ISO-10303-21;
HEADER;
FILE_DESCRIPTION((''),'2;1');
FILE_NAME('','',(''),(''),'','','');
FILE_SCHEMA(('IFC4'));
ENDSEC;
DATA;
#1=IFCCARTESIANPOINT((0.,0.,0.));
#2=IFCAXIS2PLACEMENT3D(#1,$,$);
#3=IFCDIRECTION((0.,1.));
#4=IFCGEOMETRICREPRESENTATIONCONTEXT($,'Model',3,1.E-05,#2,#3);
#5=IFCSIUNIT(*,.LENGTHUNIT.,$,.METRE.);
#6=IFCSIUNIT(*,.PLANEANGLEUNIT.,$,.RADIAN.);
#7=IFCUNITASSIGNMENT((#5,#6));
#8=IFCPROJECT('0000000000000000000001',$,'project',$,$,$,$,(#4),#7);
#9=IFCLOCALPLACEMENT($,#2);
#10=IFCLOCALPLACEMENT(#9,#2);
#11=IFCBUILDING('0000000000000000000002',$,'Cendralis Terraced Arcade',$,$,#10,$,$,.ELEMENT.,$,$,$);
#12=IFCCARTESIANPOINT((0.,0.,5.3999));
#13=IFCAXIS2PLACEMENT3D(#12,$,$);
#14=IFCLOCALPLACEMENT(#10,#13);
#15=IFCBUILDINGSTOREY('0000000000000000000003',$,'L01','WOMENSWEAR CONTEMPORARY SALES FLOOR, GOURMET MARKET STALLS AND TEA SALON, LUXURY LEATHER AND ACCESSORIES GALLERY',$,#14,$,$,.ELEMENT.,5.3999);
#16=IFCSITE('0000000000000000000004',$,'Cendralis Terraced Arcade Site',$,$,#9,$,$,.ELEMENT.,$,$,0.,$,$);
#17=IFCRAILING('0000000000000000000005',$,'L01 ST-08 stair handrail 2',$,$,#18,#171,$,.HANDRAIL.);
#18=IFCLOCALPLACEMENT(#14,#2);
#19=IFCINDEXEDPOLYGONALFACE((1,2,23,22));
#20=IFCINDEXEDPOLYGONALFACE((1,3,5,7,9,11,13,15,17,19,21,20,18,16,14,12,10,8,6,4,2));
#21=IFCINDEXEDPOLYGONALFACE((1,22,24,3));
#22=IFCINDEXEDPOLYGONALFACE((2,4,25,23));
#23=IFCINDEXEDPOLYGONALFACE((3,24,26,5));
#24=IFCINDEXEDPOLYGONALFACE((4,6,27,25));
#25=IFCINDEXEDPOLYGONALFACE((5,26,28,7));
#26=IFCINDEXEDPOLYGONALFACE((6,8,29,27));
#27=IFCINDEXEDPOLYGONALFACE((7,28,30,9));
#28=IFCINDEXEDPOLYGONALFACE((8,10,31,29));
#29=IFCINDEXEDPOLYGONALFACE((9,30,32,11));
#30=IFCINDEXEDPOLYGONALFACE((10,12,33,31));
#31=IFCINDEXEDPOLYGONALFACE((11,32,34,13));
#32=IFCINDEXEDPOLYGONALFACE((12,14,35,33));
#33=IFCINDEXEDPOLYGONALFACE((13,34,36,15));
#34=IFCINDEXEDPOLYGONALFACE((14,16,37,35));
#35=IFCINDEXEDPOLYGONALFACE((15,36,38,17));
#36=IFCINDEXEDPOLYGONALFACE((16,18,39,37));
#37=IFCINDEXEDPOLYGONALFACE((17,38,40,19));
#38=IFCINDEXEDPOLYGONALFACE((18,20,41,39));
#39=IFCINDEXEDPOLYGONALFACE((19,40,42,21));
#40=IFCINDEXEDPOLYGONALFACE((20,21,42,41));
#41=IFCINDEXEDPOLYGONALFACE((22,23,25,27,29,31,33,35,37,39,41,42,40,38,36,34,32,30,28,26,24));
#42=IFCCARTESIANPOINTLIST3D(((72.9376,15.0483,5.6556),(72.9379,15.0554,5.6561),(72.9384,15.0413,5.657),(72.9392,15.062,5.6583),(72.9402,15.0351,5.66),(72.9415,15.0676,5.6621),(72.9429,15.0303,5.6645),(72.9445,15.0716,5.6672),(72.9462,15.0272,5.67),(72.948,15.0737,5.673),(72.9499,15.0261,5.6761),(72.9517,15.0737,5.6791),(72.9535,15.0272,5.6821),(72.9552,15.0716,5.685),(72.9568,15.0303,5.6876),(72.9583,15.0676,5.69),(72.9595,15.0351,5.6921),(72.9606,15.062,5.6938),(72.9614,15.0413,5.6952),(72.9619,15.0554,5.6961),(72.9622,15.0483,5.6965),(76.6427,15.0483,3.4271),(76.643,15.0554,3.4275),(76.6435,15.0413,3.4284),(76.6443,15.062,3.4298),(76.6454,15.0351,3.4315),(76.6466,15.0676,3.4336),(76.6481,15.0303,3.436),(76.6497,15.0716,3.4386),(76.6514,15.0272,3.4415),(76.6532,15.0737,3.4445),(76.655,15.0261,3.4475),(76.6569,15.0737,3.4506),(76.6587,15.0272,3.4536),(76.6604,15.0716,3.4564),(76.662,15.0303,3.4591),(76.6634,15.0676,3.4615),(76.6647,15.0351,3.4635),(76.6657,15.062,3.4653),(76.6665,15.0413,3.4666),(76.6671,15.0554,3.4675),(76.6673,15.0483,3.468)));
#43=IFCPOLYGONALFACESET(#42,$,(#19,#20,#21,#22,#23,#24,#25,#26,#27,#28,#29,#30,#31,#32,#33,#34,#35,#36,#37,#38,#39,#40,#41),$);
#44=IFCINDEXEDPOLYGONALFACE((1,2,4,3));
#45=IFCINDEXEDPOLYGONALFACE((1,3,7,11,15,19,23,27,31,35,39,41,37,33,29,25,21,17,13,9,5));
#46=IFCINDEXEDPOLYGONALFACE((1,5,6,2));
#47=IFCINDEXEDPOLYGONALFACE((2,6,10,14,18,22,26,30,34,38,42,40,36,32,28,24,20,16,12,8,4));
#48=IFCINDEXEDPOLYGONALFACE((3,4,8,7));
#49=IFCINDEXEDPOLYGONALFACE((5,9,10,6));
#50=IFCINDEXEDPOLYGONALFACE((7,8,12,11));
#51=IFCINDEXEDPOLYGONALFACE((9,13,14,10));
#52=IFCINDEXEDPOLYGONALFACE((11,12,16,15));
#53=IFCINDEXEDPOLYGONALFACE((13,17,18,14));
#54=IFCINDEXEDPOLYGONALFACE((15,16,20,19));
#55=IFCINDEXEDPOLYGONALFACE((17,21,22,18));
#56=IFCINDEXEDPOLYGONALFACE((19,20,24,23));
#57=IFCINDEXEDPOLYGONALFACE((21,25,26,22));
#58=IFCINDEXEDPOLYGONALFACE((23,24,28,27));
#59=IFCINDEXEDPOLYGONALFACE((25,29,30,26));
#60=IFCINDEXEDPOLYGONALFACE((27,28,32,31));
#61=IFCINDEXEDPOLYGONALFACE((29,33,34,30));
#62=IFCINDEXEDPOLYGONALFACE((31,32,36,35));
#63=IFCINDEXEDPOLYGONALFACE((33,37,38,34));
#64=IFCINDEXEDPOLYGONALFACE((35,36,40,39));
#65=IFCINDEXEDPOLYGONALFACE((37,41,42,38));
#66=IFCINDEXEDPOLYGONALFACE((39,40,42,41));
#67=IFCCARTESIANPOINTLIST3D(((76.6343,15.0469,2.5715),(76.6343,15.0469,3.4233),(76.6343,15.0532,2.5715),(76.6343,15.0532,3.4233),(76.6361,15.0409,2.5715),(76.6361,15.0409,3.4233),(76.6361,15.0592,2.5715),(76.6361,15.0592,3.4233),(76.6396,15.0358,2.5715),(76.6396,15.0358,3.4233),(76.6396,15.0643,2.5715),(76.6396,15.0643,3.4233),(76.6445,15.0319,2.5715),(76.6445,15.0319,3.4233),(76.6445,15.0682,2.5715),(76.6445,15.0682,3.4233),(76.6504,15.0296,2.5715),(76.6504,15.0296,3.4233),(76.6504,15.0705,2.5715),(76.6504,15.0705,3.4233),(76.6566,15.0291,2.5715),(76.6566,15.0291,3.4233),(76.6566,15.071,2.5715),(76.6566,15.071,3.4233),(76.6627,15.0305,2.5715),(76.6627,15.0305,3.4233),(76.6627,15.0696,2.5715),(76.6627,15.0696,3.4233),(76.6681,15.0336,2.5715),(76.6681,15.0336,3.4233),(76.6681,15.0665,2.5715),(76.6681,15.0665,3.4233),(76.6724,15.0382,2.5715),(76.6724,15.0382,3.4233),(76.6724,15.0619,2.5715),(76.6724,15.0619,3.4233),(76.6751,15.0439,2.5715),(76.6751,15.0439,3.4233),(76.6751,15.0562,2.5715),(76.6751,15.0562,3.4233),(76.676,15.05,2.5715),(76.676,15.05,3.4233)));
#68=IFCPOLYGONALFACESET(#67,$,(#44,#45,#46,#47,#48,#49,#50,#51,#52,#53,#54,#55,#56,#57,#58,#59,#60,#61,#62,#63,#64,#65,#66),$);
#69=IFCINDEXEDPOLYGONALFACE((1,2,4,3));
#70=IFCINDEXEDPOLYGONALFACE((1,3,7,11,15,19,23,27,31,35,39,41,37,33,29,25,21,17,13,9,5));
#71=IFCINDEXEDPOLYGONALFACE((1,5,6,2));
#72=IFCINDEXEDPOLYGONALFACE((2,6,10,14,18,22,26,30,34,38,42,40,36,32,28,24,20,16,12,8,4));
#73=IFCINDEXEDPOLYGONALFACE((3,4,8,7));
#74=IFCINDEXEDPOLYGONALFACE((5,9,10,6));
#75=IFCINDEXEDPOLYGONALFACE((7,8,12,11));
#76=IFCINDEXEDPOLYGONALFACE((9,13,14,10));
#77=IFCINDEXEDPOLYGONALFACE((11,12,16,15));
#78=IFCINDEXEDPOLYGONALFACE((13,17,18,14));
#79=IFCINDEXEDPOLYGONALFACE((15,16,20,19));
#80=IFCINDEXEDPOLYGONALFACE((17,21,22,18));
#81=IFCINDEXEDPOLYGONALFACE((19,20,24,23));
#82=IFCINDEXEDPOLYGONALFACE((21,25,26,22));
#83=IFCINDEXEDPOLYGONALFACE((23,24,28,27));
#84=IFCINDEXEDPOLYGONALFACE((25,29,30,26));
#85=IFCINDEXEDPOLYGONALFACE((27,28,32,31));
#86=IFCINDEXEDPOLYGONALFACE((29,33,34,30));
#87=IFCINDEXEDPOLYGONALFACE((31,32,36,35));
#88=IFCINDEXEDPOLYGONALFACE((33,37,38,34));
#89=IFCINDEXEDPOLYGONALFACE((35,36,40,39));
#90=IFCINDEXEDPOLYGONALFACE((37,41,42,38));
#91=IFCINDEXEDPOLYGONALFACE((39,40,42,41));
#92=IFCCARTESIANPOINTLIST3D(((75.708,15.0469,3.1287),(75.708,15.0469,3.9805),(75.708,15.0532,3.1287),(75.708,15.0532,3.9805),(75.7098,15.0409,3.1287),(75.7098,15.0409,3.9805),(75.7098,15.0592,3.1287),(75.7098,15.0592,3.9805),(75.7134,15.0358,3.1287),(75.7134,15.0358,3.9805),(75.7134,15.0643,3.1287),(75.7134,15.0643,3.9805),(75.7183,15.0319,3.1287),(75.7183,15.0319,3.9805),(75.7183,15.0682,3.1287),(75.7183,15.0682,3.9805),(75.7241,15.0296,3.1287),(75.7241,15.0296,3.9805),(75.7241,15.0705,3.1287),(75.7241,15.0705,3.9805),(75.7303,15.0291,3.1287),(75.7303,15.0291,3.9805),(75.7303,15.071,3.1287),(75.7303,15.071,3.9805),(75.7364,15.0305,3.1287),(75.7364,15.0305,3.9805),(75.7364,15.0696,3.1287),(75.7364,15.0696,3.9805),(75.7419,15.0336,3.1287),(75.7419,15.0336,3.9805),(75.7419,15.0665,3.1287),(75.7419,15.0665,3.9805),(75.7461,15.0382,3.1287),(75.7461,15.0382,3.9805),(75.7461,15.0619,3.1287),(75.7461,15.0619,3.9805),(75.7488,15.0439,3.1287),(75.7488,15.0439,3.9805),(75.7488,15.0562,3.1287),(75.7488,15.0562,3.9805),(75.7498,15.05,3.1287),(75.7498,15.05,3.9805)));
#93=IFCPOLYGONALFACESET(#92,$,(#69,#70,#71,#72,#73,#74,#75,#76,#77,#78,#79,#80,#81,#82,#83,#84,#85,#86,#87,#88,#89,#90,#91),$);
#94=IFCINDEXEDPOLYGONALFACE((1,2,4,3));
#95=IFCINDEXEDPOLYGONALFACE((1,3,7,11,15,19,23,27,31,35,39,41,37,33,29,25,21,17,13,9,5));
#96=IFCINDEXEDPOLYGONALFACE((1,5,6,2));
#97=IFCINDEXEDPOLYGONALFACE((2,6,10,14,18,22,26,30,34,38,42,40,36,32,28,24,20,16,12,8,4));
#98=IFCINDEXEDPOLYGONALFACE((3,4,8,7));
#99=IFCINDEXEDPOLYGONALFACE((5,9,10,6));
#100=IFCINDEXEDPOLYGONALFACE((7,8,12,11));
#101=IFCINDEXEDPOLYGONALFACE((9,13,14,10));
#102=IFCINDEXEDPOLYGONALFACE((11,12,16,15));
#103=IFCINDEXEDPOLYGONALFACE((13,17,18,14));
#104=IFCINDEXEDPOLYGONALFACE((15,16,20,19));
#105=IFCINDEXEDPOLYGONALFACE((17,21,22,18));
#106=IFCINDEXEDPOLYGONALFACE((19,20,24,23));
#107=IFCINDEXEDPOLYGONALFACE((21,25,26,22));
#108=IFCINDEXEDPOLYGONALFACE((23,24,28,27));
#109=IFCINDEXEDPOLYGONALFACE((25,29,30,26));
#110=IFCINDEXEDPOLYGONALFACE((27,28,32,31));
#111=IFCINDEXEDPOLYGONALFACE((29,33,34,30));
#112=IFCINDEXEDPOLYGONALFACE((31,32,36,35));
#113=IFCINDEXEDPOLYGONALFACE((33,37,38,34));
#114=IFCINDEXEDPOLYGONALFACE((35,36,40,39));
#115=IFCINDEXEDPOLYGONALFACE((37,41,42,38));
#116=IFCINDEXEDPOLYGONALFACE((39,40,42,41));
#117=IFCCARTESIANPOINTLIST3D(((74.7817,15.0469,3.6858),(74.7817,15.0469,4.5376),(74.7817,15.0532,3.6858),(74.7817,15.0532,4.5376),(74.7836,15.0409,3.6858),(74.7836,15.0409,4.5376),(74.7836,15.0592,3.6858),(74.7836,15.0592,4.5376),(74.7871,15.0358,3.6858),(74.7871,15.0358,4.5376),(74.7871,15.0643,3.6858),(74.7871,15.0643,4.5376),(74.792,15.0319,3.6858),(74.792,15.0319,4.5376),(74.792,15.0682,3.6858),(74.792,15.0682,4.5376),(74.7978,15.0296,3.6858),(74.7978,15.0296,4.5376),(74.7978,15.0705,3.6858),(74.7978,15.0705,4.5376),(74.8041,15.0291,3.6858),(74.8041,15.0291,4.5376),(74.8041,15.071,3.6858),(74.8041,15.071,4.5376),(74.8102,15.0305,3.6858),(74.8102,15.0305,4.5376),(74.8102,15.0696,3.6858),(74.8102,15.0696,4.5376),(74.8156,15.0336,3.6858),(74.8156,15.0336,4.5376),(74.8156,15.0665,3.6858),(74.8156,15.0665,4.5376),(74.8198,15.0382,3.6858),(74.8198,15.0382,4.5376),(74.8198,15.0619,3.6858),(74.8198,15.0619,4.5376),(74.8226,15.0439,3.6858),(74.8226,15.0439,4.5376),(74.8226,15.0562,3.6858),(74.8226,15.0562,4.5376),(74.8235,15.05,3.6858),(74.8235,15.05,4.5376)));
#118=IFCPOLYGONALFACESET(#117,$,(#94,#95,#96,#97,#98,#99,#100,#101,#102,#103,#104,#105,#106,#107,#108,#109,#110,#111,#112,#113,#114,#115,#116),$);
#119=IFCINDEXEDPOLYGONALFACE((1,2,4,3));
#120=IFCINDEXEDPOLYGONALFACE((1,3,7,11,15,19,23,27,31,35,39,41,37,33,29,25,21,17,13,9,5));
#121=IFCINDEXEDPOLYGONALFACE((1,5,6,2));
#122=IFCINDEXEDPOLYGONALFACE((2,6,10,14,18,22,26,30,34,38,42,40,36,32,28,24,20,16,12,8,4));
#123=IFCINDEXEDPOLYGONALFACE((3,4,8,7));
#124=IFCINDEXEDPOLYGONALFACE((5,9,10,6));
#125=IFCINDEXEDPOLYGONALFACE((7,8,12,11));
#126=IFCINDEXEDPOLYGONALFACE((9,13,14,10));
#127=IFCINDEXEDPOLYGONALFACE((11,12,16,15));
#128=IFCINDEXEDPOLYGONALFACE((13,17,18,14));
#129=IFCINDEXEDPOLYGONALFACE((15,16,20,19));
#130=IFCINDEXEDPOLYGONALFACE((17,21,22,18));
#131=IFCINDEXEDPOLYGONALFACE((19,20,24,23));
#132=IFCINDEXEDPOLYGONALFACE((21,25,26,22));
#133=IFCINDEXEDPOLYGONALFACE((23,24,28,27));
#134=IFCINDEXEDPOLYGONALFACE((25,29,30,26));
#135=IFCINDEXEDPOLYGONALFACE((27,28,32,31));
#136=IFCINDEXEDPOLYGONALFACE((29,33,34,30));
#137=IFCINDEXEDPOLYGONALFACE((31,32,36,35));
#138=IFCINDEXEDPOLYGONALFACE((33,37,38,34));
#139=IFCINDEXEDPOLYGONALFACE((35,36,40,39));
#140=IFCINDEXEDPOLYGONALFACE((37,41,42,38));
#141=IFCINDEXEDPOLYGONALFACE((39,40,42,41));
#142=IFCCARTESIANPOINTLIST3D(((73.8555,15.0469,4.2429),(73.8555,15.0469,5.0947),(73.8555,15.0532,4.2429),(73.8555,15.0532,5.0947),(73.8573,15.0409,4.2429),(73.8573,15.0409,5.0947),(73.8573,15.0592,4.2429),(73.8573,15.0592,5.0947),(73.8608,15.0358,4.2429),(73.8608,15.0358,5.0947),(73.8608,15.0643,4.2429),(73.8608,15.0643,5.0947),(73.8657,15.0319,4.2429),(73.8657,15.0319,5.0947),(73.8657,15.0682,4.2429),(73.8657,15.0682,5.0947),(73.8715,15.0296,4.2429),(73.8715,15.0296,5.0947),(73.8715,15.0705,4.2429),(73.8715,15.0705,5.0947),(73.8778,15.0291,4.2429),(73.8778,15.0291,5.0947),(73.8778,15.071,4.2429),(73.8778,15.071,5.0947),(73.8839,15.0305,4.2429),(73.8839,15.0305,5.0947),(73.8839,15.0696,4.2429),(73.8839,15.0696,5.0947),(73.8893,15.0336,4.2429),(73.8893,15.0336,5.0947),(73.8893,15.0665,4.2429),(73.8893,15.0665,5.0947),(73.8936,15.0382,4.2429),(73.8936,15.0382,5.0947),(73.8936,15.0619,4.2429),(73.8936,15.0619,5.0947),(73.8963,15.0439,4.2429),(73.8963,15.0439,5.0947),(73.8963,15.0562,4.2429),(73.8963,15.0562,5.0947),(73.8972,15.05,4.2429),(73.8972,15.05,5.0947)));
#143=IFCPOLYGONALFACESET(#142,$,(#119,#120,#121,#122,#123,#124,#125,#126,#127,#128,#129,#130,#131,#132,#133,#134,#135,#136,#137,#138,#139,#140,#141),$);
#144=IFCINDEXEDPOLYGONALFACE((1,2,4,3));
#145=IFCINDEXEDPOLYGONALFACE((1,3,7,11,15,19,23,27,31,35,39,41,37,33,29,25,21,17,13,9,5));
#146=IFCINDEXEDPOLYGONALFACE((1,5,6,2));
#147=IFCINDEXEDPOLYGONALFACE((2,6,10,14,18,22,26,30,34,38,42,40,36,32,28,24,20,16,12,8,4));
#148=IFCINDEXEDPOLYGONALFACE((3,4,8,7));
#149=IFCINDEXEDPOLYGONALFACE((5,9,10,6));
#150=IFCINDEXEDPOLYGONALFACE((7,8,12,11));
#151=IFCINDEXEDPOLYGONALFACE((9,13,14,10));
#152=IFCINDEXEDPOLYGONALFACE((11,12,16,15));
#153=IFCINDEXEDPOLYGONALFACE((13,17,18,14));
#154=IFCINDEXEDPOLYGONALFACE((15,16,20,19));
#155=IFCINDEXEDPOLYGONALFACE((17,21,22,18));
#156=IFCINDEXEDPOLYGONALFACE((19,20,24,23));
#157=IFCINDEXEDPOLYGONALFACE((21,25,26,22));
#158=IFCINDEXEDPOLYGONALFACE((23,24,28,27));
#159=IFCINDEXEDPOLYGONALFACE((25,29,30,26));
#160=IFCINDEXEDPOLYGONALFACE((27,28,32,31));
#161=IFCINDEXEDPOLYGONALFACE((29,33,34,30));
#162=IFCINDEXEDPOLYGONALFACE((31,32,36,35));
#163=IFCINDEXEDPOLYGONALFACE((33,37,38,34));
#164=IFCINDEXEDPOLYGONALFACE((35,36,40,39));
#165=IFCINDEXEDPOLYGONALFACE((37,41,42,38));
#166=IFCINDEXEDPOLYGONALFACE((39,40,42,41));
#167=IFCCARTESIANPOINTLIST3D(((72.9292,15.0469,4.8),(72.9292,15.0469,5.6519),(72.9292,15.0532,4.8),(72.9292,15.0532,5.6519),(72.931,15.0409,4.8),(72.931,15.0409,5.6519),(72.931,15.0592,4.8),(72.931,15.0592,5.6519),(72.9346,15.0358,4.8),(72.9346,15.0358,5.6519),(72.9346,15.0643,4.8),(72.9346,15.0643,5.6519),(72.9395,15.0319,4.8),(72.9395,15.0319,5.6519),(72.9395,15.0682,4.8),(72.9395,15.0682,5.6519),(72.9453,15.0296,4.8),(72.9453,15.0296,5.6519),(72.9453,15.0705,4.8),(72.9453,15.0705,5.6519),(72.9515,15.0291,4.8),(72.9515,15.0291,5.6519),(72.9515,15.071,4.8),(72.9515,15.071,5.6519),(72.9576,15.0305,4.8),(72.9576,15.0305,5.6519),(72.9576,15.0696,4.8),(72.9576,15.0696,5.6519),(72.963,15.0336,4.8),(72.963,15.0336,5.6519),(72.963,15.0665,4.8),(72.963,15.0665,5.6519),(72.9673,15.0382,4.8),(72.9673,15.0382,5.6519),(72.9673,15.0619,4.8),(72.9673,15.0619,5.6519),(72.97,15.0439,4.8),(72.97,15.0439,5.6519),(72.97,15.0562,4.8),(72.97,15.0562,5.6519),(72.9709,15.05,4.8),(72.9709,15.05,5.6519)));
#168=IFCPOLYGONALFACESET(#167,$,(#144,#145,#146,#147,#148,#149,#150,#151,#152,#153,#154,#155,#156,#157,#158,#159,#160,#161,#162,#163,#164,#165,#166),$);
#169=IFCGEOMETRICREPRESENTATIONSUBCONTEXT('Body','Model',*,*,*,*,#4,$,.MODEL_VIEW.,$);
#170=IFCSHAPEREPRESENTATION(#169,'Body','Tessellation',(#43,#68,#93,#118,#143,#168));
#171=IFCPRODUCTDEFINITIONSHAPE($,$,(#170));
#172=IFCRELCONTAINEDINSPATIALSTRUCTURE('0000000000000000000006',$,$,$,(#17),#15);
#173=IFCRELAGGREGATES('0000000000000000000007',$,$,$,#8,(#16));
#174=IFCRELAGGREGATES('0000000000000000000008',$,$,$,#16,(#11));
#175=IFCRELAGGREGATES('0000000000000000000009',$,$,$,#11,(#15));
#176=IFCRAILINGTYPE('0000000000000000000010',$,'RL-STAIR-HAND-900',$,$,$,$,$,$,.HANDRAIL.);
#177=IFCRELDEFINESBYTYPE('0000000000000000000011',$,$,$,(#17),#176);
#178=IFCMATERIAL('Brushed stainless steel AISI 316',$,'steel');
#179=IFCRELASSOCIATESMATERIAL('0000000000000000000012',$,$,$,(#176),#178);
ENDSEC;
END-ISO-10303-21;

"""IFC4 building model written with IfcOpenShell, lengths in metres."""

from ifc_helpers import new_model, si_unit, direction, frame, origin, origin_2d, place, context, subcontext, project, spatial, circle, extrude, material, type_object, element, save


model = new_model("IFC4")

# Units and contexts
model_context = context("Model", 3, precision=1e-05, world=origin(), true_north=direction((0.0, 1.0)))
body_context = subcontext(model_context, "Body", "Model", "MODEL_VIEW")
ifc_project = project(units=[si_unit("LENGTHUNIT", "METRE"), si_unit("PLANEANGLEUNIT", "RADIAN")], contexts=[model_context])

# Site, building, storey
site_placement = place(None, origin())
site = spatial("IfcSite", under=ifc_project, at=site_placement, Name="Cendralis Terraced Arcade Site", CompositionType="ELEMENT", RefElevation=0.0)
building_placement = place(site_placement, origin())
building = spatial("IfcBuilding", under=site, at=building_placement, Name="Cendralis Terraced Arcade", CompositionType="ELEMENT")
storey_placement = place(building_placement, frame((0.0, 0.0, 5.3999)))
storey = spatial("IfcBuildingStorey", under=building, at=storey_placement, Name="L01", Description="WOMENSWEAR CONTEMPORARY SALES FLOOR, GOURMET MARKET STALLS AND TEA SALON, LUXURY LEATHER AND ACCESSORIES GALLERY", CompositionType="ELEMENT", Elevation=5.3999)

# Railing
ifc_material_1 = material(Name="Brushed stainless steel AISI 316", Category="steel")
railing_type_1 = type_object("IfcRailingType", Name="RL-STAIR-HAND-900", PredefinedType="HANDRAIL", material=ifc_material_1)
railing_1_placement = place(storey_placement, frame((76.655, 15.05, 2.5715)))
element("IfcRailing", 1, at=railing_1_placement, inside=storey, type_object=railing_type_1, Name="L01 ST-08 stair handrail 2", PredefinedType="HANDRAIL", context=body_context, shape_type="SweptSolid", body=[
    extrude(circle(Radius=0.0239, at=origin_2d()), frame((0.0, 0.0, 0.876), z_axis=(-0.856934, 0.0, 0.515425), x_axis=(0.0, -1.0, 0.0)), (0.0, 0.0, 1.0), 4.3237),
    extrude(circle(Radius=0.021, at=origin_2d()), origin(), (0.0, 0.0, 1.0), 0.8518),
    extrude(circle(Radius=0.021, at=origin_2d()), frame((-0.9263, 0.0, 0.5571)), (0.0, 0.0, 1.0), 0.8518),
    extrude(circle(Radius=0.021, at=origin_2d()), frame((-1.8525, 0.0, 1.1143)), (0.0, 0.0, 1.0), 0.8518),
    extrude(circle(Radius=0.021, at=origin_2d()), frame((-2.7788, 0.0, 1.6714)), (0.0, 0.0, 1.0), 0.8518),
    extrude(circle(Radius=0.021, at=origin_2d()), frame((-3.7051, 0.0, 2.2285)), (0.0, 0.0, 1.0), 0.8518),
])

save(model, "model.ifc")
